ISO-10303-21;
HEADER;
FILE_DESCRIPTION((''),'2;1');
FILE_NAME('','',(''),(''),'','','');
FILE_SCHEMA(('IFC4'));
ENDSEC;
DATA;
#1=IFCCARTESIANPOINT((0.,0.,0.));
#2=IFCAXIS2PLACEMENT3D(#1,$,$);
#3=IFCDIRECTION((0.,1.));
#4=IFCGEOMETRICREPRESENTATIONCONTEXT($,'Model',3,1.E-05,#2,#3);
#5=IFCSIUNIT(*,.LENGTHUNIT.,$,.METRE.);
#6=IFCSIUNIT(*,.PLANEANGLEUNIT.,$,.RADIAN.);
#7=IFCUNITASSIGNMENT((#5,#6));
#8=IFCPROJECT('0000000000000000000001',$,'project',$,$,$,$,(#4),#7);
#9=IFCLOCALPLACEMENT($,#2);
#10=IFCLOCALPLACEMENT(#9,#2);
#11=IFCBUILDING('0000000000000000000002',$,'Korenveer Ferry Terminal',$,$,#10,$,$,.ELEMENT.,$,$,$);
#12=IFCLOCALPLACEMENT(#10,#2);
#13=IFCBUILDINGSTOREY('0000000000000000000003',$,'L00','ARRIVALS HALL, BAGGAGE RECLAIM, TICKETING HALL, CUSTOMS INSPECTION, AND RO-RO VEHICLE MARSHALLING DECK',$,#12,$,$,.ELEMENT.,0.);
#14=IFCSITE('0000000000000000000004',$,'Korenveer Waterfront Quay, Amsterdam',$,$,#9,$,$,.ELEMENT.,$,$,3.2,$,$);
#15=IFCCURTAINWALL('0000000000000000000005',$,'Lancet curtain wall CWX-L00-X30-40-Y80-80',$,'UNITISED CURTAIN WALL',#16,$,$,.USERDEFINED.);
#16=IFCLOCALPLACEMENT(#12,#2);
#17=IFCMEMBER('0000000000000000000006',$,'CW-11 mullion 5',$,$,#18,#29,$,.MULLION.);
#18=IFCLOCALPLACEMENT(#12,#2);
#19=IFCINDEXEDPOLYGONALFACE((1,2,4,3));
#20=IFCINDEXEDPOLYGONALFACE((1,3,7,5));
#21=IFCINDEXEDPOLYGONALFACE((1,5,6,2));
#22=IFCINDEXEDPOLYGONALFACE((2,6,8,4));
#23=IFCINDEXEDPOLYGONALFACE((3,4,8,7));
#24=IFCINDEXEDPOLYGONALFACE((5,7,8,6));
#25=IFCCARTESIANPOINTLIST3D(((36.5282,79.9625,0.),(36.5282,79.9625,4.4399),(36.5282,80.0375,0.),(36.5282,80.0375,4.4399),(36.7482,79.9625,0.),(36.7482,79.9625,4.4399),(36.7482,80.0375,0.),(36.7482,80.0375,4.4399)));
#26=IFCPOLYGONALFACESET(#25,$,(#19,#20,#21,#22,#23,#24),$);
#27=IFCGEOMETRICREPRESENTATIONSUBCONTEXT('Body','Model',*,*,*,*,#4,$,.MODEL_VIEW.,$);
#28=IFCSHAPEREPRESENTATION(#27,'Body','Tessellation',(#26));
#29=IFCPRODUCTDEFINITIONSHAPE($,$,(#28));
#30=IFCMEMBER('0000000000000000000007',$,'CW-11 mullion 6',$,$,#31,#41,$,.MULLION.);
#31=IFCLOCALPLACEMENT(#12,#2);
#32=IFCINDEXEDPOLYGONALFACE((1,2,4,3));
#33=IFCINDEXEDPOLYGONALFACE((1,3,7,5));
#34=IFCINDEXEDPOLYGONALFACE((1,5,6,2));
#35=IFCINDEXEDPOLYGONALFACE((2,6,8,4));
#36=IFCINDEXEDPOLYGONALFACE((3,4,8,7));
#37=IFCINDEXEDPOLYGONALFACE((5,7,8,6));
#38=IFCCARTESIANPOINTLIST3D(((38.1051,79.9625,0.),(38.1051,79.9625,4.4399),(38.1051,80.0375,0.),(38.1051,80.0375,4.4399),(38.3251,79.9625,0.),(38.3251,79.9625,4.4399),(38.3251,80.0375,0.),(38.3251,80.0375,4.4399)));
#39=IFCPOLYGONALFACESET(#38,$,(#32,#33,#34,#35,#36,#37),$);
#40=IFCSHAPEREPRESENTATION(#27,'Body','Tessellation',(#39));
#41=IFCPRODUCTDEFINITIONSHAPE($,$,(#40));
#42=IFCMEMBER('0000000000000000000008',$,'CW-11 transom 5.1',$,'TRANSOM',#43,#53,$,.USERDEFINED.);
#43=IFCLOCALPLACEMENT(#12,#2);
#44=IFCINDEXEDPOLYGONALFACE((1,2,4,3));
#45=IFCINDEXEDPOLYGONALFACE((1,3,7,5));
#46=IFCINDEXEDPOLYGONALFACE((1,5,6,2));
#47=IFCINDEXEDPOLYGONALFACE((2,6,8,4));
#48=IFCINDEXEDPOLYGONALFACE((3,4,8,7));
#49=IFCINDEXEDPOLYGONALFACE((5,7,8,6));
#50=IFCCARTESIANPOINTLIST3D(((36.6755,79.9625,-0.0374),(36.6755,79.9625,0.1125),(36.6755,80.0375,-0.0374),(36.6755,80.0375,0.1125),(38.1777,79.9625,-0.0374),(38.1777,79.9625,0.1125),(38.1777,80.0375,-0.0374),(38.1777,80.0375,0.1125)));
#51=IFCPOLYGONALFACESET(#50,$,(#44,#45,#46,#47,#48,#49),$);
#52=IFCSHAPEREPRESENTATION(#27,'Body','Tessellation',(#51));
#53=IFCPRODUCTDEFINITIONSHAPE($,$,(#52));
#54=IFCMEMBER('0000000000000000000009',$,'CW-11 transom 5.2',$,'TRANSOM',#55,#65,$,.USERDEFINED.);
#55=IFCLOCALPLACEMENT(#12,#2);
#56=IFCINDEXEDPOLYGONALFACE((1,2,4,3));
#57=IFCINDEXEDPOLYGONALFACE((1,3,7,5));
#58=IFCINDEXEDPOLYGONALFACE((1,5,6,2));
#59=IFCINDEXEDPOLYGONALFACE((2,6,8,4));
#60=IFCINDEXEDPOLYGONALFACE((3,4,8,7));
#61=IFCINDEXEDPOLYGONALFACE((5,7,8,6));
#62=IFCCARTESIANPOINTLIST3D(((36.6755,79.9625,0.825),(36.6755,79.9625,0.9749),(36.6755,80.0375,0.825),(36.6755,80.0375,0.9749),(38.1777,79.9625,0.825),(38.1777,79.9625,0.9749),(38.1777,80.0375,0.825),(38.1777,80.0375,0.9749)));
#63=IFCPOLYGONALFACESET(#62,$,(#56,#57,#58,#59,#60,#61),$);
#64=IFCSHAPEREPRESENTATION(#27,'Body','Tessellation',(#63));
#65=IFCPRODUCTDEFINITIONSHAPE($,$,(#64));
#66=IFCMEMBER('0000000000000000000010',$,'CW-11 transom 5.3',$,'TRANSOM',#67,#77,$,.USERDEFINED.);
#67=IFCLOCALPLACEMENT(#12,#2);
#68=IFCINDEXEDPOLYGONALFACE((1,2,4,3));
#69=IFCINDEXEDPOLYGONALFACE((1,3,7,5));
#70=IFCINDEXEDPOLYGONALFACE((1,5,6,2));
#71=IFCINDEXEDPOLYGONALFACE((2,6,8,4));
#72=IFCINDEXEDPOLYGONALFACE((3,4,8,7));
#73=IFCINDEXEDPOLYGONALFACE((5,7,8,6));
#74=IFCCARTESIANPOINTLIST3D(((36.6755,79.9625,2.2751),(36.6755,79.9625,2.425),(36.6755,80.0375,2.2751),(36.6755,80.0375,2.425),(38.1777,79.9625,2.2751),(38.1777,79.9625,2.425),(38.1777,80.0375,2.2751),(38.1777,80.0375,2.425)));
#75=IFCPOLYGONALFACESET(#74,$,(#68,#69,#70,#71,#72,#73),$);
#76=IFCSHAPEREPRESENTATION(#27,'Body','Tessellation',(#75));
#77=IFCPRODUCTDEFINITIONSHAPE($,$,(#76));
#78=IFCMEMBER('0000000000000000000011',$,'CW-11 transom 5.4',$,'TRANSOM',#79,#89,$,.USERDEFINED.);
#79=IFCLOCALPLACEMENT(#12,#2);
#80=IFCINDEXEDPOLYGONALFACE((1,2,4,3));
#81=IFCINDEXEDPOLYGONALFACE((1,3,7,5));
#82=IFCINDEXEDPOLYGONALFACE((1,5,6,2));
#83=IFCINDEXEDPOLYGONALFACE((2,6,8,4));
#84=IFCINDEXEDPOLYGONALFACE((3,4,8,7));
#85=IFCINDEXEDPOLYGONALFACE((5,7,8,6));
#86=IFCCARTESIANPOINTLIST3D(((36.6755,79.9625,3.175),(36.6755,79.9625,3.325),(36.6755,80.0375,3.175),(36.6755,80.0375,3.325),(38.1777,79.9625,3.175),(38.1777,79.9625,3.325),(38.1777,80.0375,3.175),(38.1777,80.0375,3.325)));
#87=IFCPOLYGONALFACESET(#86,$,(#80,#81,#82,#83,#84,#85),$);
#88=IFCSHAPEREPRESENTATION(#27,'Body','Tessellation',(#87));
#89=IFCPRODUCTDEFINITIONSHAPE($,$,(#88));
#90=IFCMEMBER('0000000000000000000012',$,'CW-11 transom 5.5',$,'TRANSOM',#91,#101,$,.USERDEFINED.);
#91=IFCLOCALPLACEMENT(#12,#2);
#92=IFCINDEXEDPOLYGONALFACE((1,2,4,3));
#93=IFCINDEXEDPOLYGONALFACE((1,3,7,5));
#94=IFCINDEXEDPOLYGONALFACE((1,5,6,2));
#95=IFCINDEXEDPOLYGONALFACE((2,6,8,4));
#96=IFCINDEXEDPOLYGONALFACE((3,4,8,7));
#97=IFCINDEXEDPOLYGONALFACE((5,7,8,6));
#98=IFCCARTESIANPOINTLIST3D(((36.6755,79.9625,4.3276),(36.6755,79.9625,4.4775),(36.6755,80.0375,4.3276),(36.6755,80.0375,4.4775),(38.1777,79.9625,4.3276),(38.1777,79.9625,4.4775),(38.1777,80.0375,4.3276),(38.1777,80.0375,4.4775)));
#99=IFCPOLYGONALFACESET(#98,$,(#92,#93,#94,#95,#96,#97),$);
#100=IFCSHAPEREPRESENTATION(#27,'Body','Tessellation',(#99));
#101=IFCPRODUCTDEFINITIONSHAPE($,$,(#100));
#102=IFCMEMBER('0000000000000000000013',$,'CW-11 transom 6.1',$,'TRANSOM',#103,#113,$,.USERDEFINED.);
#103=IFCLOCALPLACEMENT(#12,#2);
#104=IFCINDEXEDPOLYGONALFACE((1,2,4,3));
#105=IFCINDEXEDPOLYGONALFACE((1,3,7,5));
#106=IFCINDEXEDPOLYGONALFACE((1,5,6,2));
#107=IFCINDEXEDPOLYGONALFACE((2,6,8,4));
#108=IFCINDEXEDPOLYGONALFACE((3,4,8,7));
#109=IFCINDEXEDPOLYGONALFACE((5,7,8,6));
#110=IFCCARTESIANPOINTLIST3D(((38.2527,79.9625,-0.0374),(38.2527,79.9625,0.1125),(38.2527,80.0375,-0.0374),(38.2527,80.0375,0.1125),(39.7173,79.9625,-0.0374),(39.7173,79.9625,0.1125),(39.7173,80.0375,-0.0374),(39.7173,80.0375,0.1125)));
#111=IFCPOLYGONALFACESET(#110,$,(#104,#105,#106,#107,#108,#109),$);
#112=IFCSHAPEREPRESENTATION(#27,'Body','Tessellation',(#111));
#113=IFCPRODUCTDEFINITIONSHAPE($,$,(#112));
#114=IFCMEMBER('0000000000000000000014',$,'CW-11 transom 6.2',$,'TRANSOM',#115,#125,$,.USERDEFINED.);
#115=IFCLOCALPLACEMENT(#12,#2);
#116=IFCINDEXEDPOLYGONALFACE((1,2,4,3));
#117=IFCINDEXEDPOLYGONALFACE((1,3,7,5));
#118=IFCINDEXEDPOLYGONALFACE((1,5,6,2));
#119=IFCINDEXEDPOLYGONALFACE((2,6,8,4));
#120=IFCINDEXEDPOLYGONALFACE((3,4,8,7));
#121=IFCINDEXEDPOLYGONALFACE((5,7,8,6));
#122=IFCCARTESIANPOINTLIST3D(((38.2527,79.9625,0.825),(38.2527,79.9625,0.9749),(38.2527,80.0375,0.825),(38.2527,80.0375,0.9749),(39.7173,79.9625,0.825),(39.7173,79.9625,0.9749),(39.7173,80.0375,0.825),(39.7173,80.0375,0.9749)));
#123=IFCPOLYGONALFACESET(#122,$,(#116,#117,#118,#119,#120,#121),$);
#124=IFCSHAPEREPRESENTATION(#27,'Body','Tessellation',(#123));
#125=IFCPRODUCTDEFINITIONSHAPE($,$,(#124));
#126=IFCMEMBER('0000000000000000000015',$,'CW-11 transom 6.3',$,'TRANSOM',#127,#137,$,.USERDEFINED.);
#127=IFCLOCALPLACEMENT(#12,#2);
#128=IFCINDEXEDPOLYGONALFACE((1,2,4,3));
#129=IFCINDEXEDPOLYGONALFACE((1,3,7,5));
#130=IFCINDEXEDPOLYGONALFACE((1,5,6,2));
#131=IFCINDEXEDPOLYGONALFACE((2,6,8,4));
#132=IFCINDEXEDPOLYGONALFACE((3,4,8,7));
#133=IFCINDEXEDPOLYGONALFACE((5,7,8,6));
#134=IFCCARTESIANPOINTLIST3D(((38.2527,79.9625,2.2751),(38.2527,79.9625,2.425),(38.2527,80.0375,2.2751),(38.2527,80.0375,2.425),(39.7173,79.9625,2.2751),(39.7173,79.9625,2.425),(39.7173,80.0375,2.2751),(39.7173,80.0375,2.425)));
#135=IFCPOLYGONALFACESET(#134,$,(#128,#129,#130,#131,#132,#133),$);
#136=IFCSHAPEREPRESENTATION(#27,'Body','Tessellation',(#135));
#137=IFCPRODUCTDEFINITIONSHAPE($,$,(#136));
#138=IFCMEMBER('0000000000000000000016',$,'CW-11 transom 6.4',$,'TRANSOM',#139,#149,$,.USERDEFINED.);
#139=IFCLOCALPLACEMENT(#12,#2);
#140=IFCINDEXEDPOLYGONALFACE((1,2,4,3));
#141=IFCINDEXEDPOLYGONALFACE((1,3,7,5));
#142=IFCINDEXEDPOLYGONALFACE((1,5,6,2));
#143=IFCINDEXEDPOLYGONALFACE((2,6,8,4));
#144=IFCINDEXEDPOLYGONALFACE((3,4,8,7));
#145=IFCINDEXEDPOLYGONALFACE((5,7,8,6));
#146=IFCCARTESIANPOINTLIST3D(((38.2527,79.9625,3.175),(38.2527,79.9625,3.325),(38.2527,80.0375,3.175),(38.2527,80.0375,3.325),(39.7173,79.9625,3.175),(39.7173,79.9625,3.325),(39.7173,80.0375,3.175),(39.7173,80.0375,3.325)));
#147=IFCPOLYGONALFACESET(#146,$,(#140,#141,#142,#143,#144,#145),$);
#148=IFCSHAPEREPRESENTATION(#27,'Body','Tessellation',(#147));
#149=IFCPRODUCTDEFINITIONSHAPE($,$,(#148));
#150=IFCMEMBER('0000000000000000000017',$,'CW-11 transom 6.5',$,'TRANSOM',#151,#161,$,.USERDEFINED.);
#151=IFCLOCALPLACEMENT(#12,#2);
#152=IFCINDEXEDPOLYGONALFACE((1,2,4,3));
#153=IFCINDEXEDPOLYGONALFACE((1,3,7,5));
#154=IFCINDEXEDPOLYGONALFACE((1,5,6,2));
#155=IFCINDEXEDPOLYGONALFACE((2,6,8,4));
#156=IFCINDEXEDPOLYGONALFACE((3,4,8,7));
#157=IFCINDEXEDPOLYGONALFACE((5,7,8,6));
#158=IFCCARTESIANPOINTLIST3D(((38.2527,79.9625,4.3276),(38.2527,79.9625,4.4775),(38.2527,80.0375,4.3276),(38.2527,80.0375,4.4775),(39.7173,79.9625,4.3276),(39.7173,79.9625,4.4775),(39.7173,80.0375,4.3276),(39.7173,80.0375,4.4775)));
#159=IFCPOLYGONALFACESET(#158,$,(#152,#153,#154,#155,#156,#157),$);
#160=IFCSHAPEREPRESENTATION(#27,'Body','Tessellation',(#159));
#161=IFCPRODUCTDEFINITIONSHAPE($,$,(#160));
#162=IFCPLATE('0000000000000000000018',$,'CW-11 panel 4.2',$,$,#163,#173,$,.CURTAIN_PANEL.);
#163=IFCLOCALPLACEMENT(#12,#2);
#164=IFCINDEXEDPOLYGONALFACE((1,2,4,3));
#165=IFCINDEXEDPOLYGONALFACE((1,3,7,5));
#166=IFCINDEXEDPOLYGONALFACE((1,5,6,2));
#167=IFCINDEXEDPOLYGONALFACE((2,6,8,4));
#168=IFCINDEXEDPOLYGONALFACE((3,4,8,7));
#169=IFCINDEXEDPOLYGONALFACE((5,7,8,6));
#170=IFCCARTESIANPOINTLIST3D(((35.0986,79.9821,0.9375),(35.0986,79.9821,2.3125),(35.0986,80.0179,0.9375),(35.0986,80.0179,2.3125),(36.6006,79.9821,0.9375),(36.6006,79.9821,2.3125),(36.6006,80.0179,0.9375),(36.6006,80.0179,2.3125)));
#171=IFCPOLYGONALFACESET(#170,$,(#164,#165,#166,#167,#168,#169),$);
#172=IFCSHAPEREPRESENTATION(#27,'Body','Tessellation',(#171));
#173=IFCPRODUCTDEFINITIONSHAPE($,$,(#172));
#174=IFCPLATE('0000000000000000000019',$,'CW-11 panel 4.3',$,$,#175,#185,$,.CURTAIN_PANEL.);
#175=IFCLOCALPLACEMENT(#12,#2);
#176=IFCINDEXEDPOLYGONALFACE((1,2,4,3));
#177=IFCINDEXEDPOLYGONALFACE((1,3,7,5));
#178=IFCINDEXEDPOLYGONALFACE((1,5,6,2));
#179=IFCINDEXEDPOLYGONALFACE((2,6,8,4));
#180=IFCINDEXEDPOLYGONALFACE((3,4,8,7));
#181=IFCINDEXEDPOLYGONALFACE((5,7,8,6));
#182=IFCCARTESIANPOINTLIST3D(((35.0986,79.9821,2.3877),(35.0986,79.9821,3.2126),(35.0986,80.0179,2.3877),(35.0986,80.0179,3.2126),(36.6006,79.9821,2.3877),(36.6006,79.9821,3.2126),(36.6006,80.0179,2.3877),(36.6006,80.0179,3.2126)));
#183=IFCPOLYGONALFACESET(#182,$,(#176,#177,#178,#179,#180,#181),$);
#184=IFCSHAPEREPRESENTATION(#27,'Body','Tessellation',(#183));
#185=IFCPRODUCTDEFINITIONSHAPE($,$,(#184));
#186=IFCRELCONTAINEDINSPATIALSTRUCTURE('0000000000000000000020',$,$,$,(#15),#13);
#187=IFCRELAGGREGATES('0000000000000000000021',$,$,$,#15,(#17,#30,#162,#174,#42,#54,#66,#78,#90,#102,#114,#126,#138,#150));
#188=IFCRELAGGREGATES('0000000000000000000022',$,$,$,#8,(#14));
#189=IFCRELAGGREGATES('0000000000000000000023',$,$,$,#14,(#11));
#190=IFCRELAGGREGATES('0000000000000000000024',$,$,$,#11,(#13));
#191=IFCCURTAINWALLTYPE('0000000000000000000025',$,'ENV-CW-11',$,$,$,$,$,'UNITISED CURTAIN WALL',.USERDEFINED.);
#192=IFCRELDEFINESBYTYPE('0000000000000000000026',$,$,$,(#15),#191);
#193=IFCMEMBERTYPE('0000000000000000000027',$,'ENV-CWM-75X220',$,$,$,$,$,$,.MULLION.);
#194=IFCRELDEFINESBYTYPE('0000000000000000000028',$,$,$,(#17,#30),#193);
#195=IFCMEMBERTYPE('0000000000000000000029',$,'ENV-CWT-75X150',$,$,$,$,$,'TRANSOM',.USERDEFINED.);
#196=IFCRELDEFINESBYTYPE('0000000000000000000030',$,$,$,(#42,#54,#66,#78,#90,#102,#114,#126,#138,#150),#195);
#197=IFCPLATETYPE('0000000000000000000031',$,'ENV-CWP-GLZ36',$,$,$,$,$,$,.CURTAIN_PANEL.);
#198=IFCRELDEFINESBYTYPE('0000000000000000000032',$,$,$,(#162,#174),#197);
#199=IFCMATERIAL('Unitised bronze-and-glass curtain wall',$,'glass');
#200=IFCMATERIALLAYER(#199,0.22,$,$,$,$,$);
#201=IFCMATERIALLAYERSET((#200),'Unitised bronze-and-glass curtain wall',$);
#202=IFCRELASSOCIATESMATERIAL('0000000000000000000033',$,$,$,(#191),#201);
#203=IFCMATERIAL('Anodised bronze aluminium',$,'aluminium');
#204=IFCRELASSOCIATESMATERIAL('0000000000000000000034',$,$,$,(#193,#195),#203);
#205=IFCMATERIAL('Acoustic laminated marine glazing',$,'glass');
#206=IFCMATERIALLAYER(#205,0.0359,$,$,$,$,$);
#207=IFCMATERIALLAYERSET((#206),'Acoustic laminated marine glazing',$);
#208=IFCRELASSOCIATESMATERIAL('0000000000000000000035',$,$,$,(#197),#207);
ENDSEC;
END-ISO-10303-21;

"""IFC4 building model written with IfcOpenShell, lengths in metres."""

from ifc_helpers import new_model, si_unit, direction, frame, origin, origin_2d, place, context, subcontext, project, spatial, rectangle, extrude, material, layer, layer_set, material_profile, profile_set, type_object, element, aggregate, save


model = new_model("IFC4")

# Units and contexts
model_context = context("Model", 3, precision=1e-05, world=origin(), true_north=direction((0.0, 1.0)))
body_context = subcontext(model_context, "Body", "Model", "MODEL_VIEW")
ifc_project = project(units=[si_unit("LENGTHUNIT", "METRE"), si_unit("PLANEANGLEUNIT", "RADIAN")], contexts=[model_context])

# Site, building, storey
site_placement = place(None, origin())
site = spatial("IfcSite", under=ifc_project, at=site_placement, Name="Korenveer Waterfront Quay, Amsterdam", CompositionType="ELEMENT", RefElevation=3.2)
building_placement = place(site_placement, origin())
building = spatial("IfcBuilding", under=site, at=building_placement, Name="Korenveer Ferry Terminal", CompositionType="ELEMENT")
storey_placement = place(building_placement, origin())
storey = spatial("IfcBuildingStorey", under=building, at=storey_placement, Name="L00", Description="ARRIVALS HALL, BAGGAGE RECLAIM, TICKETING HALL, CUSTOMS INSPECTION, AND RO-RO VEHICLE MARSHALLING DECK", CompositionType="ELEMENT", Elevation=0.0)

# Curtain wall, members, plates
ifc_material_1 = material(Name="Unitised bronze-and-glass curtain wall", Category="glass")
ifc_layer_1 = layer(ifc_material_1, 0.22)
ifc_layer_set_1 = layer_set([ifc_layer_1], Name="Unitised bronze-and-glass curtain wall")
curtain_wall_type = type_object("IfcCurtainWallType", Name="ENV-CW-11", ElementType="UNITISED CURTAIN WALL", PredefinedType="USERDEFINED", material=ifc_layer_set_1)
curtain_wall_placement = place(storey_placement, frame((30.3301, 80.0, 0.0)))
curtain_wall = element("IfcCurtainWall", 1, at=curtain_wall_placement, inside=storey, type_object=curtain_wall_type, Name="Lancet curtain wall CWX-L00-X30-40-Y80-80", ObjectType="UNITISED CURTAIN WALL", PredefinedType="USERDEFINED")
ifc_material_2 = material(Name="Anodised bronze aluminium", Category="aluminium")
ifc_material_profile_1 = material_profile(ifc_material_2, rectangle(XDim=0.075, YDim=0.22, at=origin_2d()), Name="ALU 75x220")
ifc_profile_set_1 = profile_set([ifc_material_profile_1], Name="Anodised bronze aluminium")
member_type_1 = type_object("IfcMemberType", Name="ENV-CWM-75X220", PredefinedType="MULLION", material=ifc_profile_set_1)
member_1_placement = place(storey_placement, frame((36.6382, 80.0, 0.0), z_axis=(0.0, 0.0, 1.0), x_axis=(0.0, 1.0, 0.0)))
member_1 = element("IfcMember", 2, at=member_1_placement, type_object=member_type_1, Name="CW-11 mullion 5", PredefinedType="MULLION", context=body_context, shape_type="SweptSolid", body=[
    extrude(rectangle(XDim=0.075, YDim=0.22, at=origin_2d()), origin(), (0.0, 0.0, 1.0), 4.4399),
])
member_2_placement = place(storey_placement, frame((38.2151, 80.0, 0.0), z_axis=(0.0, 0.0, 1.0), x_axis=(0.0, 1.0, 0.0)))
member_2 = element("IfcMember", 3, at=member_2_placement, type_object=member_type_1, Name="CW-11 mullion 6", PredefinedType="MULLION", context=body_context, shape_type="SweptSolid", body=[
    extrude(rectangle(XDim=0.075, YDim=0.22, at=origin_2d()), origin(), (0.0, 0.0, 1.0), 4.4399),
])
ifc_material_profile_2 = material_profile(ifc_material_2, rectangle(XDim=0.075, YDim=0.1499, at=origin_2d()), Name="ALU 75x150")
ifc_profile_set_2 = profile_set([ifc_material_profile_2], Name="Anodised bronze aluminium")
member_type_2 = type_object("IfcMemberType", Name="ENV-CWT-75X150", ElementType="TRANSOM", PredefinedType="USERDEFINED", material=ifc_profile_set_2)
member_3_placement = place(storey_placement, frame((36.6755, 80.0, 0.0376), z_axis=(1.0, 0.0, 0.0), x_axis=(0.0, 1.0, 0.0)))
member_3 = element("IfcMember", 4, at=member_3_placement, type_object=member_type_2, Name="CW-11 transom 5.1", ObjectType="TRANSOM", PredefinedType="USERDEFINED", context=body_context, shape_type="SweptSolid", body=[
    extrude(rectangle(XDim=0.075, YDim=0.1499, at=origin_2d()), origin(), (0.0, 0.0, 1.0), 1.5022),
])
member_4_placement = place(storey_placement, frame((36.6755, 80.0, 0.8999), z_axis=(1.0, 0.0, 0.0), x_axis=(0.0, 1.0, 0.0)))
member_4 = element("IfcMember", 5, at=member_4_placement, type_object=member_type_2, Name="CW-11 transom 5.2", ObjectType="TRANSOM", PredefinedType="USERDEFINED", context=body_context, shape_type="SweptSolid", body=[
    extrude(rectangle(XDim=0.075, YDim=0.1499, at=origin_2d()), origin(), (0.0, 0.0, 1.0), 1.5022),
])
member_5_placement = place(storey_placement, frame((36.6755, 80.0, 2.3501), z_axis=(1.0, 0.0, 0.0), x_axis=(0.0, 1.0, 0.0)))
member_5 = element("IfcMember", 6, at=member_5_placement, type_object=member_type_2, Name="CW-11 transom 5.3", ObjectType="TRANSOM", PredefinedType="USERDEFINED", context=body_context, shape_type="SweptSolid", body=[
    extrude(rectangle(XDim=0.075, YDim=0.1499, at=origin_2d()), origin(), (0.0, 0.0, 1.0), 1.5022),
])
member_6_placement = place(storey_placement, frame((36.6755, 80.0, 3.25), z_axis=(1.0, 0.0, 0.0), x_axis=(0.0, 1.0, 0.0)))
member_6 = element("IfcMember", 7, at=member_6_placement, type_object=member_type_2, Name="CW-11 transom 5.4", ObjectType="TRANSOM", PredefinedType="USERDEFINED", context=body_context, shape_type="SweptSolid", body=[
    extrude(rectangle(XDim=0.075, YDim=0.1499, at=origin_2d()), origin(), (0.0, 0.0, 1.0), 1.5022),
])
member_7_placement = place(storey_placement, frame((36.6755, 80.0, 4.4026), z_axis=(1.0, 0.0, 0.0), x_axis=(0.0, 1.0, 0.0)))
member_7 = element("IfcMember", 8, at=member_7_placement, type_object=member_type_2, Name="CW-11 transom 5.5", ObjectType="TRANSOM", PredefinedType="USERDEFINED", context=body_context, shape_type="SweptSolid", body=[
    extrude(rectangle(XDim=0.075, YDim=0.1499, at=origin_2d()), origin(), (0.0, 0.0, 1.0), 1.5022),
])
member_8_placement = place(storey_placement, frame((38.2527, 80.0, 0.0376), z_axis=(1.0, 0.0, 0.0), x_axis=(0.0, 1.0, 0.0)))
member_8 = element("IfcMember", 9, at=member_8_placement, type_object=member_type_2, Name="CW-11 transom 6.1", ObjectType="TRANSOM", PredefinedType="USERDEFINED", context=body_context, shape_type="SweptSolid", body=[
    extrude(rectangle(XDim=0.075, YDim=0.1499, at=origin_2d()), origin(), (0.0, 0.0, 1.0), 1.4646),
])
member_9_placement = place(storey_placement, frame((38.2527, 80.0, 0.8999), z_axis=(1.0, 0.0, 0.0), x_axis=(0.0, 1.0, 0.0)))
member_9 = element("IfcMember", 10, at=member_9_placement, type_object=member_type_2, Name="CW-11 transom 6.2", ObjectType="TRANSOM", PredefinedType="USERDEFINED", context=body_context, shape_type="SweptSolid", body=[
    extrude(rectangle(XDim=0.075, YDim=0.1499, at=origin_2d()), origin(), (0.0, 0.0, 1.0), 1.4646),
])
member_10_placement = place(storey_placement, frame((38.2527, 80.0, 2.3501), z_axis=(1.0, 0.0, 0.0), x_axis=(0.0, 1.0, 0.0)))
member_10 = element("IfcMember", 11, at=member_10_placement, type_object=member_type_2, Name="CW-11 transom 6.3", ObjectType="TRANSOM", PredefinedType="USERDEFINED", context=body_context, shape_type="SweptSolid", body=[
    extrude(rectangle(XDim=0.075, YDim=0.1499, at=origin_2d()), origin(), (0.0, 0.0, 1.0), 1.4646),
])
member_11_placement = place(storey_placement, frame((38.2527, 80.0, 3.25), z_axis=(1.0, 0.0, 0.0), x_axis=(0.0, 1.0, 0.0)))
member_11 = element("IfcMember", 12, at=member_11_placement, type_object=member_type_2, Name="CW-11 transom 6.4", ObjectType="TRANSOM", PredefinedType="USERDEFINED", context=body_context, shape_type="SweptSolid", body=[
    extrude(rectangle(XDim=0.075, YDim=0.1499, at=origin_2d()), origin(), (0.0, 0.0, 1.0), 1.4646),
])
member_12_placement = place(storey_placement, frame((38.2527, 80.0, 4.4026), z_axis=(1.0, 0.0, 0.0), x_axis=(0.0, 1.0, 0.0)))
member_12 = element("IfcMember", 13, at=member_12_placement, type_object=member_type_2, Name="CW-11 transom 6.5", ObjectType="TRANSOM", PredefinedType="USERDEFINED", context=body_context, shape_type="SweptSolid", body=[
    extrude(rectangle(XDim=0.075, YDim=0.1499, at=origin_2d()), origin(), (0.0, 0.0, 1.0), 1.4646),
])
ifc_material_3 = material(Name="Acoustic laminated marine glazing", Category="glass")
ifc_layer_2 = layer(ifc_material_3, 0.0359)
ifc_layer_set_2 = layer_set([ifc_layer_2], Name="Acoustic laminated marine glazing")
plate_type = type_object("IfcPlateType", Name="ENV-CWP-GLZ36", PredefinedType="CURTAIN_PANEL", material=ifc_layer_set_2)
plate_1_placement = place(storey_placement, frame((35.8496, 80.0, 0.9375), z_axis=(0.0, 0.0, 1.0), x_axis=(1.0, 0.0, 0.0)))
plate_1 = element("IfcPlate", 14, at=plate_1_placement, type_object=plate_type, Name="CW-11 panel 4.2", PredefinedType="CURTAIN_PANEL", context=body_context, shape_type="SweptSolid", body=[
    extrude(rectangle(XDim=1.502, YDim=0.0359, at=origin_2d()), origin(), (0.0, 0.0, 1.0), 1.375),
])
plate_2_placement = place(storey_placement, frame((35.8496, 80.0, 2.3877), z_axis=(0.0, 0.0, 1.0), x_axis=(1.0, 0.0, 0.0)))
plate_2 = element("IfcPlate", 15, at=plate_2_placement, type_object=plate_type, Name="CW-11 panel 4.3", PredefinedType="CURTAIN_PANEL", context=body_context, shape_type="SweptSolid", body=[
    extrude(rectangle(XDim=1.502, YDim=0.0359, at=origin_2d()), origin(), (0.0, 0.0, 1.0), 0.825),
])
aggregate(curtain_wall, [member_1, member_2, plate_1, plate_2, member_3, member_4, member_5, member_6, member_7, member_8, member_9, member_10, member_11, member_12])

save(model, "model.ifc")
